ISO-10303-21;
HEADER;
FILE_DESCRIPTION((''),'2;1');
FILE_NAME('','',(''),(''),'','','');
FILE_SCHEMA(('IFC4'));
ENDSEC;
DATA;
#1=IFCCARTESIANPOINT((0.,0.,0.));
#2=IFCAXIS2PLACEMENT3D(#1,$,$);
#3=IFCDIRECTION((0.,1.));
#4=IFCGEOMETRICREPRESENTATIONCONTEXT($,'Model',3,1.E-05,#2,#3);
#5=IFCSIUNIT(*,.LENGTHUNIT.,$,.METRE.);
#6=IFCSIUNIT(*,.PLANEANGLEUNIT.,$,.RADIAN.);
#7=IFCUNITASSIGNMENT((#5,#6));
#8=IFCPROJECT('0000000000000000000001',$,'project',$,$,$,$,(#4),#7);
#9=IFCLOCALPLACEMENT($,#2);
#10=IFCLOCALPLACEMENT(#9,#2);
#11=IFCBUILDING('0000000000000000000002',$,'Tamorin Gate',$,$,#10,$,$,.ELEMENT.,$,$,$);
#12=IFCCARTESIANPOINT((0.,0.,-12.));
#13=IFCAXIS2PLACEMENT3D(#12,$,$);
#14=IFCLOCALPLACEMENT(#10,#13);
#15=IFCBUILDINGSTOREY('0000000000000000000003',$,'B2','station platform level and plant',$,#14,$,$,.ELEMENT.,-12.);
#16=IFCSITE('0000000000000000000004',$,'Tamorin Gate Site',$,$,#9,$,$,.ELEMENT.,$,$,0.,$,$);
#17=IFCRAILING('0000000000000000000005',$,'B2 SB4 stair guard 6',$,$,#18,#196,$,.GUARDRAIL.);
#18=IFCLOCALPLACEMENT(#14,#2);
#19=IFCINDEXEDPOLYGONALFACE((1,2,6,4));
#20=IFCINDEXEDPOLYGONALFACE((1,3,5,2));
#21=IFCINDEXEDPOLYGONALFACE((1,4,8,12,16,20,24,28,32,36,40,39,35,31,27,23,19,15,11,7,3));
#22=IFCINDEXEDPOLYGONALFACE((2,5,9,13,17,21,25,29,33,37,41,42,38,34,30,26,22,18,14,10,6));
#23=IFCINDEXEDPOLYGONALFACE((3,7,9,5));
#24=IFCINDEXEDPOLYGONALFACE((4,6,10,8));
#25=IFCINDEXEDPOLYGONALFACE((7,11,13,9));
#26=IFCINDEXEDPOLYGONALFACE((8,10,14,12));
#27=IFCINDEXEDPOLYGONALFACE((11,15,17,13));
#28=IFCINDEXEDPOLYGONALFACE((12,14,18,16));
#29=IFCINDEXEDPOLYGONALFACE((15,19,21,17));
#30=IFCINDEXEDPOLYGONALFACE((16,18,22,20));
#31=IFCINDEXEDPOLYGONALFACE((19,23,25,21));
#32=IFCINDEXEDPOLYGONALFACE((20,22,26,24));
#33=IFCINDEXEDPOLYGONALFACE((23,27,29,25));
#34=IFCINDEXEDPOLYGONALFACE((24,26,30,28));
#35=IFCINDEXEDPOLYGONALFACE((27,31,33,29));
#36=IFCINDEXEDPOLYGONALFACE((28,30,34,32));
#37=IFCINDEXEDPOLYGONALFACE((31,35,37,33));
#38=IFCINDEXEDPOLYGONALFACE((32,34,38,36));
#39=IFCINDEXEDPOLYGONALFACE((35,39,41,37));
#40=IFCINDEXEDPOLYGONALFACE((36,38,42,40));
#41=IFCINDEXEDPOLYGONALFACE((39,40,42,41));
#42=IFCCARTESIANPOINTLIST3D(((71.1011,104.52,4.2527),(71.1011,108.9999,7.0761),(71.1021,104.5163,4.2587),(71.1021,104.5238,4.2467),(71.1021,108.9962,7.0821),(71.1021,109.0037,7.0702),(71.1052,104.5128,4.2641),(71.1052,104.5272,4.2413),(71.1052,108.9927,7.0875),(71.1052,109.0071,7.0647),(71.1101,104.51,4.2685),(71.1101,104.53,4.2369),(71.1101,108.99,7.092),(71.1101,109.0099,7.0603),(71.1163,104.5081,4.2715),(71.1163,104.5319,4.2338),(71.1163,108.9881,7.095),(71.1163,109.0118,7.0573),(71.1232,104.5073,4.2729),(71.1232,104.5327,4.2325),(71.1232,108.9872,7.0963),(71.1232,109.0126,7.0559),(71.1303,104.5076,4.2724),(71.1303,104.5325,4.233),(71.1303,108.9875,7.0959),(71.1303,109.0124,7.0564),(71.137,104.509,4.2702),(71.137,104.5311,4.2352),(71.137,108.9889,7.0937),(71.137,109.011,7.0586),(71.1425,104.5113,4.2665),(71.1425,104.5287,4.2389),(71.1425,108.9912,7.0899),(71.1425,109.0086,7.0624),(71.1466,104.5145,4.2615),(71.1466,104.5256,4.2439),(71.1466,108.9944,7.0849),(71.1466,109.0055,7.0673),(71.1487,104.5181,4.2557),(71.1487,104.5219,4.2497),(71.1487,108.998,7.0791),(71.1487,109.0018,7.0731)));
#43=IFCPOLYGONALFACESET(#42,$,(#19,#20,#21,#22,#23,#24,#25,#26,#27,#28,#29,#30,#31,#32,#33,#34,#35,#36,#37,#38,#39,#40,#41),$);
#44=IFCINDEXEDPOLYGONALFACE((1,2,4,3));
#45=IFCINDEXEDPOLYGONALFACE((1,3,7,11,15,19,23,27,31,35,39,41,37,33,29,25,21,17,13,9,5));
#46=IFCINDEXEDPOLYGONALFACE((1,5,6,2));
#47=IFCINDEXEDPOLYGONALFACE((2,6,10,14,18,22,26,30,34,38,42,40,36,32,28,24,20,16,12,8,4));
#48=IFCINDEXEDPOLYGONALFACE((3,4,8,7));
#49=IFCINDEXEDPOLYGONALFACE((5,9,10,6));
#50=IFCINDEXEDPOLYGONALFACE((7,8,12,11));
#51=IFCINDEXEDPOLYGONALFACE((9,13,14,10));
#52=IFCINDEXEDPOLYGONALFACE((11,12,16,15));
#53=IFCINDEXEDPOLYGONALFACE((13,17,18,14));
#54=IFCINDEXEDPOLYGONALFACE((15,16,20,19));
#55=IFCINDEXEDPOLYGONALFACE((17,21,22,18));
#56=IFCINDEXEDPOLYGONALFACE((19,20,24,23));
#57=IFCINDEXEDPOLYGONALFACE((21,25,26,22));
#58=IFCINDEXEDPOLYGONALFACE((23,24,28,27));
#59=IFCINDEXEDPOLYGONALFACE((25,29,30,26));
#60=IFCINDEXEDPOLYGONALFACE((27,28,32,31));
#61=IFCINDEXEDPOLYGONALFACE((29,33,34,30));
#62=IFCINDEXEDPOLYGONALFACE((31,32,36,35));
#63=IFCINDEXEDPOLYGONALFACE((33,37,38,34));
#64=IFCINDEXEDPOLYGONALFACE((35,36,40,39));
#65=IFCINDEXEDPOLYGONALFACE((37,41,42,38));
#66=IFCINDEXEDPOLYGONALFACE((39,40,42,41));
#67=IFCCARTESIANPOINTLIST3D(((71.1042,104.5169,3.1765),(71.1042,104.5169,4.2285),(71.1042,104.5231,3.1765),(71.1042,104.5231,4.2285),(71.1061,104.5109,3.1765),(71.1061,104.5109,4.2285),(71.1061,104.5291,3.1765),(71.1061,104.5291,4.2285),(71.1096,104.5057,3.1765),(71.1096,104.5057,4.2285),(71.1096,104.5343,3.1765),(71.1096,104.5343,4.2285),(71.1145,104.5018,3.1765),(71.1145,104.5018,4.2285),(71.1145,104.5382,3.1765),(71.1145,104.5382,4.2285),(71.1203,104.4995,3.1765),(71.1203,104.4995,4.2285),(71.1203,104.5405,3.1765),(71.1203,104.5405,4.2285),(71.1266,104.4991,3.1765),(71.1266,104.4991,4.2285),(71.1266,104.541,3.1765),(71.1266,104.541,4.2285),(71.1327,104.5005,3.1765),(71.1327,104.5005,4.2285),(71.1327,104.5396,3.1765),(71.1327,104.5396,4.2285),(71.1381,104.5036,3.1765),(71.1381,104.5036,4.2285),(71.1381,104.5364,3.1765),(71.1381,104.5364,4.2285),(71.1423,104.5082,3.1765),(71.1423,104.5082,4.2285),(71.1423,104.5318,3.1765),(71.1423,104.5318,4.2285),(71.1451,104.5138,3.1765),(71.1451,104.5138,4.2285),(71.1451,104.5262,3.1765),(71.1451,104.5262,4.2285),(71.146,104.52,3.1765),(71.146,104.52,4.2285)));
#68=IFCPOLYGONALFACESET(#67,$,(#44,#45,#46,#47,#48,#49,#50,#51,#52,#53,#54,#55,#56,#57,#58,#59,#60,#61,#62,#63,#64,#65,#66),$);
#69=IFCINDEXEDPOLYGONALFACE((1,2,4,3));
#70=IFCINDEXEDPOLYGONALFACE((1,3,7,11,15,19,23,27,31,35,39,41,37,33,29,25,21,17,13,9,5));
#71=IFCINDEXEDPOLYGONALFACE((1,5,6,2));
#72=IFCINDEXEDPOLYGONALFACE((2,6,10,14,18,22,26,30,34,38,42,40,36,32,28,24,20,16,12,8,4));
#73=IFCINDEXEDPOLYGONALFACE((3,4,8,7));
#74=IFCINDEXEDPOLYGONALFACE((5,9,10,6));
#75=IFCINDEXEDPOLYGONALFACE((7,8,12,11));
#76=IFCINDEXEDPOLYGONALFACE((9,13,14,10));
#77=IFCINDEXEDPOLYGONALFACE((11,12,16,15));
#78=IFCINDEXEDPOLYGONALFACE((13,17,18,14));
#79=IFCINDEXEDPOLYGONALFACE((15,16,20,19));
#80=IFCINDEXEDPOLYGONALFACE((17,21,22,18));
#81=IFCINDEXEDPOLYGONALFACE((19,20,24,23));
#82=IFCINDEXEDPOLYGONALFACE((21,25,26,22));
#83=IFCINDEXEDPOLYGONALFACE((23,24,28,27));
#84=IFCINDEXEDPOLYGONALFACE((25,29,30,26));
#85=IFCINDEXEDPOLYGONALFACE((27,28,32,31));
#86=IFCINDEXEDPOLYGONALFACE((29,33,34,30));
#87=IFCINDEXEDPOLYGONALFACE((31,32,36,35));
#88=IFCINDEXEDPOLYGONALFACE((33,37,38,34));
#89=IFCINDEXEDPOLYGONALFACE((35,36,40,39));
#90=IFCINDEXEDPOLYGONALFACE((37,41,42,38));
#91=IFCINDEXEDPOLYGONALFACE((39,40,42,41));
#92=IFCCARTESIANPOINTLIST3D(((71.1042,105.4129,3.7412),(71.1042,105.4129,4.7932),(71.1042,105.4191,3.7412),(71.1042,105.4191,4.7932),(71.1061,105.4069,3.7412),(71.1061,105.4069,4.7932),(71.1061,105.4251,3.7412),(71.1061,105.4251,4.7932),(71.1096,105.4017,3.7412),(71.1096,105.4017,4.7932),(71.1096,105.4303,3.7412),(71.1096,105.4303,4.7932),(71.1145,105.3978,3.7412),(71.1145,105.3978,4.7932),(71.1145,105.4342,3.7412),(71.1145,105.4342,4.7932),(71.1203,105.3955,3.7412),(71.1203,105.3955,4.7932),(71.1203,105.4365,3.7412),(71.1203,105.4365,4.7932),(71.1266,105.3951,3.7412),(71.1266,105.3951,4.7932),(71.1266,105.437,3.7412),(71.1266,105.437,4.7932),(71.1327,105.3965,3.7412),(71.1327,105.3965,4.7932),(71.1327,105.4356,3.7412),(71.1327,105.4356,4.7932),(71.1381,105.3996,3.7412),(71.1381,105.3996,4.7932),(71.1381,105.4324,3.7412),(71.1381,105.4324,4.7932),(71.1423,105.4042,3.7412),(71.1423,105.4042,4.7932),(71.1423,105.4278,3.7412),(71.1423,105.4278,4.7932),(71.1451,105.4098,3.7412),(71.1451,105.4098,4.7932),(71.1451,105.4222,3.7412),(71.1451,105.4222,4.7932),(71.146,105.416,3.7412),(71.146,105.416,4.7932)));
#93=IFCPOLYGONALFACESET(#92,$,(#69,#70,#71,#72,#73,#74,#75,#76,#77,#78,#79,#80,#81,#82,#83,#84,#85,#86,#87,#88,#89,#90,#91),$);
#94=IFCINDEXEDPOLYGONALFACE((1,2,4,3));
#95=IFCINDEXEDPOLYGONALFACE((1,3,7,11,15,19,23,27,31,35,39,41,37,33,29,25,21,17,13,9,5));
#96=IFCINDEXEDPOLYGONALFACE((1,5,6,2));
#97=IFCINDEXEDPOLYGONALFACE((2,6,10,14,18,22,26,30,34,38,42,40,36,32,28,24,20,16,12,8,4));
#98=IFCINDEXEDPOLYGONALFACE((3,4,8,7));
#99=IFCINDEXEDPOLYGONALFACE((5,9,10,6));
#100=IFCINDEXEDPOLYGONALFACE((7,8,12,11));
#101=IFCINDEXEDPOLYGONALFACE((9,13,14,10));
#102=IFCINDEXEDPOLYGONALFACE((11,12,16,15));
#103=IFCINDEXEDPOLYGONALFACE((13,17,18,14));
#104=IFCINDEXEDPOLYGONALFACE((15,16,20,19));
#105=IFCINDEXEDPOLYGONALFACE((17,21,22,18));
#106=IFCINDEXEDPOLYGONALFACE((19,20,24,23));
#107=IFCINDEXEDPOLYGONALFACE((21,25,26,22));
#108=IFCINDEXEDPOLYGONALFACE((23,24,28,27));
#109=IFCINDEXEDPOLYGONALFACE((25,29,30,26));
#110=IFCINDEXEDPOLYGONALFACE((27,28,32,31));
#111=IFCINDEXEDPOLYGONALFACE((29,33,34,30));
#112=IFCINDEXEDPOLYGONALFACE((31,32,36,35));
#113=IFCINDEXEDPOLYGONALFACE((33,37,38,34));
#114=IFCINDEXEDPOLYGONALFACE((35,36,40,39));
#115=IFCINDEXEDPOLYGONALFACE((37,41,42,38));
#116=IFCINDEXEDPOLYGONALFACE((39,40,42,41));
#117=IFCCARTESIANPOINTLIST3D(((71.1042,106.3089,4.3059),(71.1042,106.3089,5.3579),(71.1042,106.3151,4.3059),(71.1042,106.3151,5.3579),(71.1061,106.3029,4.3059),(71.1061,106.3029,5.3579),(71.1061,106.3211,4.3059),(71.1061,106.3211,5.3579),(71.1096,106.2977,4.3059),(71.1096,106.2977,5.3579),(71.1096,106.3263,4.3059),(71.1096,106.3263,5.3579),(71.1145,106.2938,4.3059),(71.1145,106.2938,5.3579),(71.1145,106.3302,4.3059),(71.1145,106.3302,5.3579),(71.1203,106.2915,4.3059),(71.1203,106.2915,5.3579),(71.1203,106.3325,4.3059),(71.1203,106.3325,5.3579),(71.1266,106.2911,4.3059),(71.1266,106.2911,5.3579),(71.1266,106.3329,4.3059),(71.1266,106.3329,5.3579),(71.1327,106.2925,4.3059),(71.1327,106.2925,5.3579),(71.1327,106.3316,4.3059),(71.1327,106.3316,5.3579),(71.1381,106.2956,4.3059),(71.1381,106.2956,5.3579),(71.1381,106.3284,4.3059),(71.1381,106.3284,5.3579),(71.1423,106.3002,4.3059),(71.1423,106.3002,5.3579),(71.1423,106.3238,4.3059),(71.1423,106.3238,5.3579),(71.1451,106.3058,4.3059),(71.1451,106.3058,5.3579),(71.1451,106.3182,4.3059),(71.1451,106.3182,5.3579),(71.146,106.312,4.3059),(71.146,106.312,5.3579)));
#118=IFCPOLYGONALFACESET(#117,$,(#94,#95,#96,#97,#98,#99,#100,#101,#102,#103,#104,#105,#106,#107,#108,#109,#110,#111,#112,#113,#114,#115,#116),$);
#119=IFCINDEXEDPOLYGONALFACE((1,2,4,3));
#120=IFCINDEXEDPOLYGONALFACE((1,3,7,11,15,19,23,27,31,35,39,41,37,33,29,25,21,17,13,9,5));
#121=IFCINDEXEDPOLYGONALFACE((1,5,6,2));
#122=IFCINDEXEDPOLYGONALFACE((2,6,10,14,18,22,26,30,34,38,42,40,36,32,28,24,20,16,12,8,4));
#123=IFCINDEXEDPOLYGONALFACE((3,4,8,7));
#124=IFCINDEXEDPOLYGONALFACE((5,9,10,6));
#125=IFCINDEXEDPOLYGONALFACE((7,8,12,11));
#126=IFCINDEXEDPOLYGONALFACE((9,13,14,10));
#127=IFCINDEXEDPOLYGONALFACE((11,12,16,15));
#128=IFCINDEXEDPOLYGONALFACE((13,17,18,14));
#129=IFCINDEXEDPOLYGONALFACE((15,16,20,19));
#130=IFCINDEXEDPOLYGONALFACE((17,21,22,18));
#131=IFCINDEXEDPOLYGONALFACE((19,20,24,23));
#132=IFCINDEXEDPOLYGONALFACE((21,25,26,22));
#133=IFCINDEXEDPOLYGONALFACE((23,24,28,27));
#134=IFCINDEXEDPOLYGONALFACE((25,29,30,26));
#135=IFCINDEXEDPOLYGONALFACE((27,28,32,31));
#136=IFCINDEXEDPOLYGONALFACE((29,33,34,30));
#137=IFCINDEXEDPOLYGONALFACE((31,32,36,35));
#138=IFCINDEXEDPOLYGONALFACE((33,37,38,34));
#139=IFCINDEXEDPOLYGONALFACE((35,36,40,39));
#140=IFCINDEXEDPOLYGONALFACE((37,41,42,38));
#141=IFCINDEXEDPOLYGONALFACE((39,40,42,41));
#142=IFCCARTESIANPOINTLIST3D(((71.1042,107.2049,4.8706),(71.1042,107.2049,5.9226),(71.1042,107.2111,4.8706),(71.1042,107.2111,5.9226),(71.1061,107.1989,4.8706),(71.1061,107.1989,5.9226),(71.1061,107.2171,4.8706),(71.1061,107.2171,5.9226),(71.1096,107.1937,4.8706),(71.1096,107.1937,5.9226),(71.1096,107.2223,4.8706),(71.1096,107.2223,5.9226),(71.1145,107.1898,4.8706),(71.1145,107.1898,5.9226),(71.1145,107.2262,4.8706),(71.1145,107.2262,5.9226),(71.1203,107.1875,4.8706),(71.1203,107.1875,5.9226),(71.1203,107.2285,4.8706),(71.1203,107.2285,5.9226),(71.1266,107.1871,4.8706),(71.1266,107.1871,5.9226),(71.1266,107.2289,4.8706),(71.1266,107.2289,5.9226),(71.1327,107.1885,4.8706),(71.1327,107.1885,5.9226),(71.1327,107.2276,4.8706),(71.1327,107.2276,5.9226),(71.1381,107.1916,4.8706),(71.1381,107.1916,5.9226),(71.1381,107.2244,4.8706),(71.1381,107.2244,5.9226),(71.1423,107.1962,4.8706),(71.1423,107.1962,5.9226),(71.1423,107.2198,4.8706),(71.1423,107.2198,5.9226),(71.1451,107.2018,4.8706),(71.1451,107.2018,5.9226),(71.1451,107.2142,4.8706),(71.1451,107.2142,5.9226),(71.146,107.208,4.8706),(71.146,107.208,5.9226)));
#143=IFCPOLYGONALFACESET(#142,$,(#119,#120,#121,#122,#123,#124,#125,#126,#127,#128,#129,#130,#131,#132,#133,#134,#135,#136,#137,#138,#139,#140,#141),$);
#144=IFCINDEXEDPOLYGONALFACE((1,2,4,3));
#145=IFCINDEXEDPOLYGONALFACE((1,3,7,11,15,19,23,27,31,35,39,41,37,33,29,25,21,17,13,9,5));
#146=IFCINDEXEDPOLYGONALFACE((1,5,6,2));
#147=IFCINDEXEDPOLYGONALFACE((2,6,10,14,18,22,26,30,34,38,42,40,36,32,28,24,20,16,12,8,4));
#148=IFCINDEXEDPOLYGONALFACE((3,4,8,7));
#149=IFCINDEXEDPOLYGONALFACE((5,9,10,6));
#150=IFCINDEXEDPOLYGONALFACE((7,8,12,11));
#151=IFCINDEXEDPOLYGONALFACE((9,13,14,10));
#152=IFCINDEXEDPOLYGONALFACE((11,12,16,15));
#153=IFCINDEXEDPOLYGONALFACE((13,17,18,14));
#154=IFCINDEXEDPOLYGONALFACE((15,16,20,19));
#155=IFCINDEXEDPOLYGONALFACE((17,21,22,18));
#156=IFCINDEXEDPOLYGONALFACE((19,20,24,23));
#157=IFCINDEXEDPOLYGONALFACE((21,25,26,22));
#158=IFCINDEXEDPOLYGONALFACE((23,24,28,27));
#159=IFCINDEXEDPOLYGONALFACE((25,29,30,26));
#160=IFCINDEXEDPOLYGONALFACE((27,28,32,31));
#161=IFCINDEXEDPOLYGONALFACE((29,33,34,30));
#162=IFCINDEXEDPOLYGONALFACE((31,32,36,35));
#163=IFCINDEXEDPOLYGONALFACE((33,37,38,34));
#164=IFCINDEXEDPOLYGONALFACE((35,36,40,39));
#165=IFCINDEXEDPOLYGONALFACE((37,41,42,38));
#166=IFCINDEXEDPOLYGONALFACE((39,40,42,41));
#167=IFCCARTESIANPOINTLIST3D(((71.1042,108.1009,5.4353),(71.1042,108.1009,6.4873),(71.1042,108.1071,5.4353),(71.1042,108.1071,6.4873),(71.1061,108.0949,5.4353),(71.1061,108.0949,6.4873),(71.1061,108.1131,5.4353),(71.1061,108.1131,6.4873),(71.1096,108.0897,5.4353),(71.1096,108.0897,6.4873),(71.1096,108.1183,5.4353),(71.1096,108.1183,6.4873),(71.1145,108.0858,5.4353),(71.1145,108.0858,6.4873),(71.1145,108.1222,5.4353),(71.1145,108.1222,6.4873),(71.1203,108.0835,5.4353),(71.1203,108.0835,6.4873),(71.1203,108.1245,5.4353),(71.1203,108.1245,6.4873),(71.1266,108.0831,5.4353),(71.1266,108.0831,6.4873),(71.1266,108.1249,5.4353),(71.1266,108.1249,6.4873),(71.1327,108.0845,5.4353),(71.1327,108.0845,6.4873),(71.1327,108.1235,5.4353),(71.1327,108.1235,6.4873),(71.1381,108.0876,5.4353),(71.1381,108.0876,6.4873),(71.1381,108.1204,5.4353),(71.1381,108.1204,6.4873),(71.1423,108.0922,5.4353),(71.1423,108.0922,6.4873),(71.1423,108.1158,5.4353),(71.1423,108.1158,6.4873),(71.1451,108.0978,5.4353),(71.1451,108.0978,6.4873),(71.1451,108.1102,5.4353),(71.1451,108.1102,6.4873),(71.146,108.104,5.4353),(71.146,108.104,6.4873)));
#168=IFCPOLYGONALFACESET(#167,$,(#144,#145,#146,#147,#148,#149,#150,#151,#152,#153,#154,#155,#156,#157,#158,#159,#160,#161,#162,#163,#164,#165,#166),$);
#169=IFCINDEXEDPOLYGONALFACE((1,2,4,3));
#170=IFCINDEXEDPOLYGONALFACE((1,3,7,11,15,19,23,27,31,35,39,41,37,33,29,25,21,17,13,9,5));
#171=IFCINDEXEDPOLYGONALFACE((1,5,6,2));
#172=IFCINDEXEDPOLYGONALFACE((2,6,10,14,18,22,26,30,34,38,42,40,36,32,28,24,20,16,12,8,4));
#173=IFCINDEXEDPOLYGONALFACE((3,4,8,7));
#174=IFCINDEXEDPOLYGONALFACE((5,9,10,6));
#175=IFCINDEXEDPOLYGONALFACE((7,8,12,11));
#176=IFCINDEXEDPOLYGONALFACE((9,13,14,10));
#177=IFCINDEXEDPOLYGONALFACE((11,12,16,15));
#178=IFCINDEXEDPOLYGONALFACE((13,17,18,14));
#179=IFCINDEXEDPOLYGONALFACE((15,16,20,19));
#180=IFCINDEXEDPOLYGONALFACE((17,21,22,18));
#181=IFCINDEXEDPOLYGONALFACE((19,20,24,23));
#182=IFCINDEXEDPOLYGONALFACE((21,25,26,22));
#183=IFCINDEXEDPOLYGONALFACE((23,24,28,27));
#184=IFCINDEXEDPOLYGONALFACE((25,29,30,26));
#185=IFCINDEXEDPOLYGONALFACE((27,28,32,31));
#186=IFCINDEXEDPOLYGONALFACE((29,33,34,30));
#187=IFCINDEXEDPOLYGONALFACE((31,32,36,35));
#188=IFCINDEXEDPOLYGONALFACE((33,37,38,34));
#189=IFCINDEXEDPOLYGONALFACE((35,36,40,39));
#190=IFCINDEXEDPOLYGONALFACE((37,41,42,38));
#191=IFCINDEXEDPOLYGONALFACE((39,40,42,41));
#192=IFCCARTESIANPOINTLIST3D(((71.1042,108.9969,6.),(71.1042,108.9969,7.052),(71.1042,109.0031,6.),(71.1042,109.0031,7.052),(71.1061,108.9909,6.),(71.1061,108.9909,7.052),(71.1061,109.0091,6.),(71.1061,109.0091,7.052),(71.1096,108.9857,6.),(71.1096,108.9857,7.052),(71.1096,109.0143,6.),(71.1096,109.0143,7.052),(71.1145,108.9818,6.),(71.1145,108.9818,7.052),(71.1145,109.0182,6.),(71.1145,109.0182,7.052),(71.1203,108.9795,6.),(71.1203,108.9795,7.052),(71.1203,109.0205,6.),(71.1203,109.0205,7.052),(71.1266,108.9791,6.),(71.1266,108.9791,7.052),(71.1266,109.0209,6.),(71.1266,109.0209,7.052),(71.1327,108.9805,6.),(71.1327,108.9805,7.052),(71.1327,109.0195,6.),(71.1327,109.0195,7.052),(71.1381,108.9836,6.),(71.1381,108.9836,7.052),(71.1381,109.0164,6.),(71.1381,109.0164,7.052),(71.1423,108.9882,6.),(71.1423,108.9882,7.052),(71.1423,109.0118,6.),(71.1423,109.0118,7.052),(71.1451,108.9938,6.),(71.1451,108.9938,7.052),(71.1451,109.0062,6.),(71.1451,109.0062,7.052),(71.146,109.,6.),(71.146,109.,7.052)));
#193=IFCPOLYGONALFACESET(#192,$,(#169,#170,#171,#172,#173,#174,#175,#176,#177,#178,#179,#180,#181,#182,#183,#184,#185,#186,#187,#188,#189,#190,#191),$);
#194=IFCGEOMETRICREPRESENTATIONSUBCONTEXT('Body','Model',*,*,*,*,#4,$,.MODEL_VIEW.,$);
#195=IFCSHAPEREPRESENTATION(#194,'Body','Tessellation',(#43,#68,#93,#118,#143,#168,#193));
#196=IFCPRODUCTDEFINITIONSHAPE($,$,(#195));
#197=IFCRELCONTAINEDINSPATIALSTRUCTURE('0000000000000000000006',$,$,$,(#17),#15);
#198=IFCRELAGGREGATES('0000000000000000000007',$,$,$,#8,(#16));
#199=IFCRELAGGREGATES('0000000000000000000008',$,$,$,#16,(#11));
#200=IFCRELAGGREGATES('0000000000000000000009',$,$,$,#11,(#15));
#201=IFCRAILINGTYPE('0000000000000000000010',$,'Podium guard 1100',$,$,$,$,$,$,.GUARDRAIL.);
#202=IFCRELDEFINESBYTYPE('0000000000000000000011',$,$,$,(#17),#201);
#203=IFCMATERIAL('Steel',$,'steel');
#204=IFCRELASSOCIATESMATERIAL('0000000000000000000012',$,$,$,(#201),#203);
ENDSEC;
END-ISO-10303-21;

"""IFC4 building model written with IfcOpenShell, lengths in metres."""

from ifc_helpers import new_model, si_unit, direction, frame, origin, origin_2d, place, context, subcontext, project, spatial, circle, extrude, material, type_object, element, save


model = new_model("IFC4")

# Units and contexts
model_context = context("Model", 3, precision=1e-05, world=origin(), true_north=direction((0.0, 1.0)))
body_context = subcontext(model_context, "Body", "Model", "MODEL_VIEW")
ifc_project = project(units=[si_unit("LENGTHUNIT", "METRE"), si_unit("PLANEANGLEUNIT", "RADIAN")], contexts=[model_context])

# Site, building, storey
site_placement = place(None, origin())
site = spatial("IfcSite", under=ifc_project, at=site_placement, Name="Tamorin Gate Site", CompositionType="ELEMENT", RefElevation=0.0)
building_placement = place(site_placement, origin())
building = spatial("IfcBuilding", under=site, at=building_placement, Name="Tamorin Gate", CompositionType="ELEMENT")
storey_placement = place(building_placement, frame((0.0, 0.0, -12.0)))
storey = spatial("IfcBuildingStorey", under=building, at=storey_placement, Name="B2", Description="station platform level and plant", CompositionType="ELEMENT", Elevation=-12.0)

# Railing
ifc_material_1 = material(Name="Steel", Category="steel")
railing_type_1 = type_object("IfcRailingType", Name="Podium guard 1100", PredefinedType="GUARDRAIL", material=ifc_material_1)
railing_1_placement = place(storey_placement, frame((71.125, 104.52, 3.1765)))
element("IfcRailing", 1, at=railing_1_placement, inside=storey, type_object=railing_type_1, Name="B2 SB4 stair guard 6", PredefinedType="GUARDRAIL", context=body_context, shape_type="SweptSolid", body=[
    extrude(circle(Radius=0.0239, at=origin_2d()), frame((0.0, 0.0, 1.0762), z_axis=(0.0, 0.845998, 0.533186), x_axis=(-1.0, 0.0, 0.0)), (0.0, 0.0, 1.0), 5.2954),
    extrude(circle(Radius=0.021, at=origin_2d()), origin(), (0.0, 0.0, 1.0), 1.052),
    extrude(circle(Radius=0.021, at=origin_2d()), frame((0.0, 0.896, 0.5647)), (0.0, 0.0, 1.0), 1.052),
    extrude(circle(Radius=0.021, at=origin_2d()), frame((0.0, 1.792, 1.1294)), (0.0, 0.0, 1.0), 1.052),
    extrude(circle(Radius=0.021, at=origin_2d()), frame((0.0, 2.688, 1.6941)), (0.0, 0.0, 1.0), 1.052),
    extrude(circle(Radius=0.021, at=origin_2d()), frame((0.0, 3.584, 2.2588)), (0.0, 0.0, 1.0), 1.052),
    extrude(circle(Radius=0.021, at=origin_2d()), frame((0.0, 4.48, 2.8235)), (0.0, 0.0, 1.0), 1.052),
])

save(model, "model.ifc")
